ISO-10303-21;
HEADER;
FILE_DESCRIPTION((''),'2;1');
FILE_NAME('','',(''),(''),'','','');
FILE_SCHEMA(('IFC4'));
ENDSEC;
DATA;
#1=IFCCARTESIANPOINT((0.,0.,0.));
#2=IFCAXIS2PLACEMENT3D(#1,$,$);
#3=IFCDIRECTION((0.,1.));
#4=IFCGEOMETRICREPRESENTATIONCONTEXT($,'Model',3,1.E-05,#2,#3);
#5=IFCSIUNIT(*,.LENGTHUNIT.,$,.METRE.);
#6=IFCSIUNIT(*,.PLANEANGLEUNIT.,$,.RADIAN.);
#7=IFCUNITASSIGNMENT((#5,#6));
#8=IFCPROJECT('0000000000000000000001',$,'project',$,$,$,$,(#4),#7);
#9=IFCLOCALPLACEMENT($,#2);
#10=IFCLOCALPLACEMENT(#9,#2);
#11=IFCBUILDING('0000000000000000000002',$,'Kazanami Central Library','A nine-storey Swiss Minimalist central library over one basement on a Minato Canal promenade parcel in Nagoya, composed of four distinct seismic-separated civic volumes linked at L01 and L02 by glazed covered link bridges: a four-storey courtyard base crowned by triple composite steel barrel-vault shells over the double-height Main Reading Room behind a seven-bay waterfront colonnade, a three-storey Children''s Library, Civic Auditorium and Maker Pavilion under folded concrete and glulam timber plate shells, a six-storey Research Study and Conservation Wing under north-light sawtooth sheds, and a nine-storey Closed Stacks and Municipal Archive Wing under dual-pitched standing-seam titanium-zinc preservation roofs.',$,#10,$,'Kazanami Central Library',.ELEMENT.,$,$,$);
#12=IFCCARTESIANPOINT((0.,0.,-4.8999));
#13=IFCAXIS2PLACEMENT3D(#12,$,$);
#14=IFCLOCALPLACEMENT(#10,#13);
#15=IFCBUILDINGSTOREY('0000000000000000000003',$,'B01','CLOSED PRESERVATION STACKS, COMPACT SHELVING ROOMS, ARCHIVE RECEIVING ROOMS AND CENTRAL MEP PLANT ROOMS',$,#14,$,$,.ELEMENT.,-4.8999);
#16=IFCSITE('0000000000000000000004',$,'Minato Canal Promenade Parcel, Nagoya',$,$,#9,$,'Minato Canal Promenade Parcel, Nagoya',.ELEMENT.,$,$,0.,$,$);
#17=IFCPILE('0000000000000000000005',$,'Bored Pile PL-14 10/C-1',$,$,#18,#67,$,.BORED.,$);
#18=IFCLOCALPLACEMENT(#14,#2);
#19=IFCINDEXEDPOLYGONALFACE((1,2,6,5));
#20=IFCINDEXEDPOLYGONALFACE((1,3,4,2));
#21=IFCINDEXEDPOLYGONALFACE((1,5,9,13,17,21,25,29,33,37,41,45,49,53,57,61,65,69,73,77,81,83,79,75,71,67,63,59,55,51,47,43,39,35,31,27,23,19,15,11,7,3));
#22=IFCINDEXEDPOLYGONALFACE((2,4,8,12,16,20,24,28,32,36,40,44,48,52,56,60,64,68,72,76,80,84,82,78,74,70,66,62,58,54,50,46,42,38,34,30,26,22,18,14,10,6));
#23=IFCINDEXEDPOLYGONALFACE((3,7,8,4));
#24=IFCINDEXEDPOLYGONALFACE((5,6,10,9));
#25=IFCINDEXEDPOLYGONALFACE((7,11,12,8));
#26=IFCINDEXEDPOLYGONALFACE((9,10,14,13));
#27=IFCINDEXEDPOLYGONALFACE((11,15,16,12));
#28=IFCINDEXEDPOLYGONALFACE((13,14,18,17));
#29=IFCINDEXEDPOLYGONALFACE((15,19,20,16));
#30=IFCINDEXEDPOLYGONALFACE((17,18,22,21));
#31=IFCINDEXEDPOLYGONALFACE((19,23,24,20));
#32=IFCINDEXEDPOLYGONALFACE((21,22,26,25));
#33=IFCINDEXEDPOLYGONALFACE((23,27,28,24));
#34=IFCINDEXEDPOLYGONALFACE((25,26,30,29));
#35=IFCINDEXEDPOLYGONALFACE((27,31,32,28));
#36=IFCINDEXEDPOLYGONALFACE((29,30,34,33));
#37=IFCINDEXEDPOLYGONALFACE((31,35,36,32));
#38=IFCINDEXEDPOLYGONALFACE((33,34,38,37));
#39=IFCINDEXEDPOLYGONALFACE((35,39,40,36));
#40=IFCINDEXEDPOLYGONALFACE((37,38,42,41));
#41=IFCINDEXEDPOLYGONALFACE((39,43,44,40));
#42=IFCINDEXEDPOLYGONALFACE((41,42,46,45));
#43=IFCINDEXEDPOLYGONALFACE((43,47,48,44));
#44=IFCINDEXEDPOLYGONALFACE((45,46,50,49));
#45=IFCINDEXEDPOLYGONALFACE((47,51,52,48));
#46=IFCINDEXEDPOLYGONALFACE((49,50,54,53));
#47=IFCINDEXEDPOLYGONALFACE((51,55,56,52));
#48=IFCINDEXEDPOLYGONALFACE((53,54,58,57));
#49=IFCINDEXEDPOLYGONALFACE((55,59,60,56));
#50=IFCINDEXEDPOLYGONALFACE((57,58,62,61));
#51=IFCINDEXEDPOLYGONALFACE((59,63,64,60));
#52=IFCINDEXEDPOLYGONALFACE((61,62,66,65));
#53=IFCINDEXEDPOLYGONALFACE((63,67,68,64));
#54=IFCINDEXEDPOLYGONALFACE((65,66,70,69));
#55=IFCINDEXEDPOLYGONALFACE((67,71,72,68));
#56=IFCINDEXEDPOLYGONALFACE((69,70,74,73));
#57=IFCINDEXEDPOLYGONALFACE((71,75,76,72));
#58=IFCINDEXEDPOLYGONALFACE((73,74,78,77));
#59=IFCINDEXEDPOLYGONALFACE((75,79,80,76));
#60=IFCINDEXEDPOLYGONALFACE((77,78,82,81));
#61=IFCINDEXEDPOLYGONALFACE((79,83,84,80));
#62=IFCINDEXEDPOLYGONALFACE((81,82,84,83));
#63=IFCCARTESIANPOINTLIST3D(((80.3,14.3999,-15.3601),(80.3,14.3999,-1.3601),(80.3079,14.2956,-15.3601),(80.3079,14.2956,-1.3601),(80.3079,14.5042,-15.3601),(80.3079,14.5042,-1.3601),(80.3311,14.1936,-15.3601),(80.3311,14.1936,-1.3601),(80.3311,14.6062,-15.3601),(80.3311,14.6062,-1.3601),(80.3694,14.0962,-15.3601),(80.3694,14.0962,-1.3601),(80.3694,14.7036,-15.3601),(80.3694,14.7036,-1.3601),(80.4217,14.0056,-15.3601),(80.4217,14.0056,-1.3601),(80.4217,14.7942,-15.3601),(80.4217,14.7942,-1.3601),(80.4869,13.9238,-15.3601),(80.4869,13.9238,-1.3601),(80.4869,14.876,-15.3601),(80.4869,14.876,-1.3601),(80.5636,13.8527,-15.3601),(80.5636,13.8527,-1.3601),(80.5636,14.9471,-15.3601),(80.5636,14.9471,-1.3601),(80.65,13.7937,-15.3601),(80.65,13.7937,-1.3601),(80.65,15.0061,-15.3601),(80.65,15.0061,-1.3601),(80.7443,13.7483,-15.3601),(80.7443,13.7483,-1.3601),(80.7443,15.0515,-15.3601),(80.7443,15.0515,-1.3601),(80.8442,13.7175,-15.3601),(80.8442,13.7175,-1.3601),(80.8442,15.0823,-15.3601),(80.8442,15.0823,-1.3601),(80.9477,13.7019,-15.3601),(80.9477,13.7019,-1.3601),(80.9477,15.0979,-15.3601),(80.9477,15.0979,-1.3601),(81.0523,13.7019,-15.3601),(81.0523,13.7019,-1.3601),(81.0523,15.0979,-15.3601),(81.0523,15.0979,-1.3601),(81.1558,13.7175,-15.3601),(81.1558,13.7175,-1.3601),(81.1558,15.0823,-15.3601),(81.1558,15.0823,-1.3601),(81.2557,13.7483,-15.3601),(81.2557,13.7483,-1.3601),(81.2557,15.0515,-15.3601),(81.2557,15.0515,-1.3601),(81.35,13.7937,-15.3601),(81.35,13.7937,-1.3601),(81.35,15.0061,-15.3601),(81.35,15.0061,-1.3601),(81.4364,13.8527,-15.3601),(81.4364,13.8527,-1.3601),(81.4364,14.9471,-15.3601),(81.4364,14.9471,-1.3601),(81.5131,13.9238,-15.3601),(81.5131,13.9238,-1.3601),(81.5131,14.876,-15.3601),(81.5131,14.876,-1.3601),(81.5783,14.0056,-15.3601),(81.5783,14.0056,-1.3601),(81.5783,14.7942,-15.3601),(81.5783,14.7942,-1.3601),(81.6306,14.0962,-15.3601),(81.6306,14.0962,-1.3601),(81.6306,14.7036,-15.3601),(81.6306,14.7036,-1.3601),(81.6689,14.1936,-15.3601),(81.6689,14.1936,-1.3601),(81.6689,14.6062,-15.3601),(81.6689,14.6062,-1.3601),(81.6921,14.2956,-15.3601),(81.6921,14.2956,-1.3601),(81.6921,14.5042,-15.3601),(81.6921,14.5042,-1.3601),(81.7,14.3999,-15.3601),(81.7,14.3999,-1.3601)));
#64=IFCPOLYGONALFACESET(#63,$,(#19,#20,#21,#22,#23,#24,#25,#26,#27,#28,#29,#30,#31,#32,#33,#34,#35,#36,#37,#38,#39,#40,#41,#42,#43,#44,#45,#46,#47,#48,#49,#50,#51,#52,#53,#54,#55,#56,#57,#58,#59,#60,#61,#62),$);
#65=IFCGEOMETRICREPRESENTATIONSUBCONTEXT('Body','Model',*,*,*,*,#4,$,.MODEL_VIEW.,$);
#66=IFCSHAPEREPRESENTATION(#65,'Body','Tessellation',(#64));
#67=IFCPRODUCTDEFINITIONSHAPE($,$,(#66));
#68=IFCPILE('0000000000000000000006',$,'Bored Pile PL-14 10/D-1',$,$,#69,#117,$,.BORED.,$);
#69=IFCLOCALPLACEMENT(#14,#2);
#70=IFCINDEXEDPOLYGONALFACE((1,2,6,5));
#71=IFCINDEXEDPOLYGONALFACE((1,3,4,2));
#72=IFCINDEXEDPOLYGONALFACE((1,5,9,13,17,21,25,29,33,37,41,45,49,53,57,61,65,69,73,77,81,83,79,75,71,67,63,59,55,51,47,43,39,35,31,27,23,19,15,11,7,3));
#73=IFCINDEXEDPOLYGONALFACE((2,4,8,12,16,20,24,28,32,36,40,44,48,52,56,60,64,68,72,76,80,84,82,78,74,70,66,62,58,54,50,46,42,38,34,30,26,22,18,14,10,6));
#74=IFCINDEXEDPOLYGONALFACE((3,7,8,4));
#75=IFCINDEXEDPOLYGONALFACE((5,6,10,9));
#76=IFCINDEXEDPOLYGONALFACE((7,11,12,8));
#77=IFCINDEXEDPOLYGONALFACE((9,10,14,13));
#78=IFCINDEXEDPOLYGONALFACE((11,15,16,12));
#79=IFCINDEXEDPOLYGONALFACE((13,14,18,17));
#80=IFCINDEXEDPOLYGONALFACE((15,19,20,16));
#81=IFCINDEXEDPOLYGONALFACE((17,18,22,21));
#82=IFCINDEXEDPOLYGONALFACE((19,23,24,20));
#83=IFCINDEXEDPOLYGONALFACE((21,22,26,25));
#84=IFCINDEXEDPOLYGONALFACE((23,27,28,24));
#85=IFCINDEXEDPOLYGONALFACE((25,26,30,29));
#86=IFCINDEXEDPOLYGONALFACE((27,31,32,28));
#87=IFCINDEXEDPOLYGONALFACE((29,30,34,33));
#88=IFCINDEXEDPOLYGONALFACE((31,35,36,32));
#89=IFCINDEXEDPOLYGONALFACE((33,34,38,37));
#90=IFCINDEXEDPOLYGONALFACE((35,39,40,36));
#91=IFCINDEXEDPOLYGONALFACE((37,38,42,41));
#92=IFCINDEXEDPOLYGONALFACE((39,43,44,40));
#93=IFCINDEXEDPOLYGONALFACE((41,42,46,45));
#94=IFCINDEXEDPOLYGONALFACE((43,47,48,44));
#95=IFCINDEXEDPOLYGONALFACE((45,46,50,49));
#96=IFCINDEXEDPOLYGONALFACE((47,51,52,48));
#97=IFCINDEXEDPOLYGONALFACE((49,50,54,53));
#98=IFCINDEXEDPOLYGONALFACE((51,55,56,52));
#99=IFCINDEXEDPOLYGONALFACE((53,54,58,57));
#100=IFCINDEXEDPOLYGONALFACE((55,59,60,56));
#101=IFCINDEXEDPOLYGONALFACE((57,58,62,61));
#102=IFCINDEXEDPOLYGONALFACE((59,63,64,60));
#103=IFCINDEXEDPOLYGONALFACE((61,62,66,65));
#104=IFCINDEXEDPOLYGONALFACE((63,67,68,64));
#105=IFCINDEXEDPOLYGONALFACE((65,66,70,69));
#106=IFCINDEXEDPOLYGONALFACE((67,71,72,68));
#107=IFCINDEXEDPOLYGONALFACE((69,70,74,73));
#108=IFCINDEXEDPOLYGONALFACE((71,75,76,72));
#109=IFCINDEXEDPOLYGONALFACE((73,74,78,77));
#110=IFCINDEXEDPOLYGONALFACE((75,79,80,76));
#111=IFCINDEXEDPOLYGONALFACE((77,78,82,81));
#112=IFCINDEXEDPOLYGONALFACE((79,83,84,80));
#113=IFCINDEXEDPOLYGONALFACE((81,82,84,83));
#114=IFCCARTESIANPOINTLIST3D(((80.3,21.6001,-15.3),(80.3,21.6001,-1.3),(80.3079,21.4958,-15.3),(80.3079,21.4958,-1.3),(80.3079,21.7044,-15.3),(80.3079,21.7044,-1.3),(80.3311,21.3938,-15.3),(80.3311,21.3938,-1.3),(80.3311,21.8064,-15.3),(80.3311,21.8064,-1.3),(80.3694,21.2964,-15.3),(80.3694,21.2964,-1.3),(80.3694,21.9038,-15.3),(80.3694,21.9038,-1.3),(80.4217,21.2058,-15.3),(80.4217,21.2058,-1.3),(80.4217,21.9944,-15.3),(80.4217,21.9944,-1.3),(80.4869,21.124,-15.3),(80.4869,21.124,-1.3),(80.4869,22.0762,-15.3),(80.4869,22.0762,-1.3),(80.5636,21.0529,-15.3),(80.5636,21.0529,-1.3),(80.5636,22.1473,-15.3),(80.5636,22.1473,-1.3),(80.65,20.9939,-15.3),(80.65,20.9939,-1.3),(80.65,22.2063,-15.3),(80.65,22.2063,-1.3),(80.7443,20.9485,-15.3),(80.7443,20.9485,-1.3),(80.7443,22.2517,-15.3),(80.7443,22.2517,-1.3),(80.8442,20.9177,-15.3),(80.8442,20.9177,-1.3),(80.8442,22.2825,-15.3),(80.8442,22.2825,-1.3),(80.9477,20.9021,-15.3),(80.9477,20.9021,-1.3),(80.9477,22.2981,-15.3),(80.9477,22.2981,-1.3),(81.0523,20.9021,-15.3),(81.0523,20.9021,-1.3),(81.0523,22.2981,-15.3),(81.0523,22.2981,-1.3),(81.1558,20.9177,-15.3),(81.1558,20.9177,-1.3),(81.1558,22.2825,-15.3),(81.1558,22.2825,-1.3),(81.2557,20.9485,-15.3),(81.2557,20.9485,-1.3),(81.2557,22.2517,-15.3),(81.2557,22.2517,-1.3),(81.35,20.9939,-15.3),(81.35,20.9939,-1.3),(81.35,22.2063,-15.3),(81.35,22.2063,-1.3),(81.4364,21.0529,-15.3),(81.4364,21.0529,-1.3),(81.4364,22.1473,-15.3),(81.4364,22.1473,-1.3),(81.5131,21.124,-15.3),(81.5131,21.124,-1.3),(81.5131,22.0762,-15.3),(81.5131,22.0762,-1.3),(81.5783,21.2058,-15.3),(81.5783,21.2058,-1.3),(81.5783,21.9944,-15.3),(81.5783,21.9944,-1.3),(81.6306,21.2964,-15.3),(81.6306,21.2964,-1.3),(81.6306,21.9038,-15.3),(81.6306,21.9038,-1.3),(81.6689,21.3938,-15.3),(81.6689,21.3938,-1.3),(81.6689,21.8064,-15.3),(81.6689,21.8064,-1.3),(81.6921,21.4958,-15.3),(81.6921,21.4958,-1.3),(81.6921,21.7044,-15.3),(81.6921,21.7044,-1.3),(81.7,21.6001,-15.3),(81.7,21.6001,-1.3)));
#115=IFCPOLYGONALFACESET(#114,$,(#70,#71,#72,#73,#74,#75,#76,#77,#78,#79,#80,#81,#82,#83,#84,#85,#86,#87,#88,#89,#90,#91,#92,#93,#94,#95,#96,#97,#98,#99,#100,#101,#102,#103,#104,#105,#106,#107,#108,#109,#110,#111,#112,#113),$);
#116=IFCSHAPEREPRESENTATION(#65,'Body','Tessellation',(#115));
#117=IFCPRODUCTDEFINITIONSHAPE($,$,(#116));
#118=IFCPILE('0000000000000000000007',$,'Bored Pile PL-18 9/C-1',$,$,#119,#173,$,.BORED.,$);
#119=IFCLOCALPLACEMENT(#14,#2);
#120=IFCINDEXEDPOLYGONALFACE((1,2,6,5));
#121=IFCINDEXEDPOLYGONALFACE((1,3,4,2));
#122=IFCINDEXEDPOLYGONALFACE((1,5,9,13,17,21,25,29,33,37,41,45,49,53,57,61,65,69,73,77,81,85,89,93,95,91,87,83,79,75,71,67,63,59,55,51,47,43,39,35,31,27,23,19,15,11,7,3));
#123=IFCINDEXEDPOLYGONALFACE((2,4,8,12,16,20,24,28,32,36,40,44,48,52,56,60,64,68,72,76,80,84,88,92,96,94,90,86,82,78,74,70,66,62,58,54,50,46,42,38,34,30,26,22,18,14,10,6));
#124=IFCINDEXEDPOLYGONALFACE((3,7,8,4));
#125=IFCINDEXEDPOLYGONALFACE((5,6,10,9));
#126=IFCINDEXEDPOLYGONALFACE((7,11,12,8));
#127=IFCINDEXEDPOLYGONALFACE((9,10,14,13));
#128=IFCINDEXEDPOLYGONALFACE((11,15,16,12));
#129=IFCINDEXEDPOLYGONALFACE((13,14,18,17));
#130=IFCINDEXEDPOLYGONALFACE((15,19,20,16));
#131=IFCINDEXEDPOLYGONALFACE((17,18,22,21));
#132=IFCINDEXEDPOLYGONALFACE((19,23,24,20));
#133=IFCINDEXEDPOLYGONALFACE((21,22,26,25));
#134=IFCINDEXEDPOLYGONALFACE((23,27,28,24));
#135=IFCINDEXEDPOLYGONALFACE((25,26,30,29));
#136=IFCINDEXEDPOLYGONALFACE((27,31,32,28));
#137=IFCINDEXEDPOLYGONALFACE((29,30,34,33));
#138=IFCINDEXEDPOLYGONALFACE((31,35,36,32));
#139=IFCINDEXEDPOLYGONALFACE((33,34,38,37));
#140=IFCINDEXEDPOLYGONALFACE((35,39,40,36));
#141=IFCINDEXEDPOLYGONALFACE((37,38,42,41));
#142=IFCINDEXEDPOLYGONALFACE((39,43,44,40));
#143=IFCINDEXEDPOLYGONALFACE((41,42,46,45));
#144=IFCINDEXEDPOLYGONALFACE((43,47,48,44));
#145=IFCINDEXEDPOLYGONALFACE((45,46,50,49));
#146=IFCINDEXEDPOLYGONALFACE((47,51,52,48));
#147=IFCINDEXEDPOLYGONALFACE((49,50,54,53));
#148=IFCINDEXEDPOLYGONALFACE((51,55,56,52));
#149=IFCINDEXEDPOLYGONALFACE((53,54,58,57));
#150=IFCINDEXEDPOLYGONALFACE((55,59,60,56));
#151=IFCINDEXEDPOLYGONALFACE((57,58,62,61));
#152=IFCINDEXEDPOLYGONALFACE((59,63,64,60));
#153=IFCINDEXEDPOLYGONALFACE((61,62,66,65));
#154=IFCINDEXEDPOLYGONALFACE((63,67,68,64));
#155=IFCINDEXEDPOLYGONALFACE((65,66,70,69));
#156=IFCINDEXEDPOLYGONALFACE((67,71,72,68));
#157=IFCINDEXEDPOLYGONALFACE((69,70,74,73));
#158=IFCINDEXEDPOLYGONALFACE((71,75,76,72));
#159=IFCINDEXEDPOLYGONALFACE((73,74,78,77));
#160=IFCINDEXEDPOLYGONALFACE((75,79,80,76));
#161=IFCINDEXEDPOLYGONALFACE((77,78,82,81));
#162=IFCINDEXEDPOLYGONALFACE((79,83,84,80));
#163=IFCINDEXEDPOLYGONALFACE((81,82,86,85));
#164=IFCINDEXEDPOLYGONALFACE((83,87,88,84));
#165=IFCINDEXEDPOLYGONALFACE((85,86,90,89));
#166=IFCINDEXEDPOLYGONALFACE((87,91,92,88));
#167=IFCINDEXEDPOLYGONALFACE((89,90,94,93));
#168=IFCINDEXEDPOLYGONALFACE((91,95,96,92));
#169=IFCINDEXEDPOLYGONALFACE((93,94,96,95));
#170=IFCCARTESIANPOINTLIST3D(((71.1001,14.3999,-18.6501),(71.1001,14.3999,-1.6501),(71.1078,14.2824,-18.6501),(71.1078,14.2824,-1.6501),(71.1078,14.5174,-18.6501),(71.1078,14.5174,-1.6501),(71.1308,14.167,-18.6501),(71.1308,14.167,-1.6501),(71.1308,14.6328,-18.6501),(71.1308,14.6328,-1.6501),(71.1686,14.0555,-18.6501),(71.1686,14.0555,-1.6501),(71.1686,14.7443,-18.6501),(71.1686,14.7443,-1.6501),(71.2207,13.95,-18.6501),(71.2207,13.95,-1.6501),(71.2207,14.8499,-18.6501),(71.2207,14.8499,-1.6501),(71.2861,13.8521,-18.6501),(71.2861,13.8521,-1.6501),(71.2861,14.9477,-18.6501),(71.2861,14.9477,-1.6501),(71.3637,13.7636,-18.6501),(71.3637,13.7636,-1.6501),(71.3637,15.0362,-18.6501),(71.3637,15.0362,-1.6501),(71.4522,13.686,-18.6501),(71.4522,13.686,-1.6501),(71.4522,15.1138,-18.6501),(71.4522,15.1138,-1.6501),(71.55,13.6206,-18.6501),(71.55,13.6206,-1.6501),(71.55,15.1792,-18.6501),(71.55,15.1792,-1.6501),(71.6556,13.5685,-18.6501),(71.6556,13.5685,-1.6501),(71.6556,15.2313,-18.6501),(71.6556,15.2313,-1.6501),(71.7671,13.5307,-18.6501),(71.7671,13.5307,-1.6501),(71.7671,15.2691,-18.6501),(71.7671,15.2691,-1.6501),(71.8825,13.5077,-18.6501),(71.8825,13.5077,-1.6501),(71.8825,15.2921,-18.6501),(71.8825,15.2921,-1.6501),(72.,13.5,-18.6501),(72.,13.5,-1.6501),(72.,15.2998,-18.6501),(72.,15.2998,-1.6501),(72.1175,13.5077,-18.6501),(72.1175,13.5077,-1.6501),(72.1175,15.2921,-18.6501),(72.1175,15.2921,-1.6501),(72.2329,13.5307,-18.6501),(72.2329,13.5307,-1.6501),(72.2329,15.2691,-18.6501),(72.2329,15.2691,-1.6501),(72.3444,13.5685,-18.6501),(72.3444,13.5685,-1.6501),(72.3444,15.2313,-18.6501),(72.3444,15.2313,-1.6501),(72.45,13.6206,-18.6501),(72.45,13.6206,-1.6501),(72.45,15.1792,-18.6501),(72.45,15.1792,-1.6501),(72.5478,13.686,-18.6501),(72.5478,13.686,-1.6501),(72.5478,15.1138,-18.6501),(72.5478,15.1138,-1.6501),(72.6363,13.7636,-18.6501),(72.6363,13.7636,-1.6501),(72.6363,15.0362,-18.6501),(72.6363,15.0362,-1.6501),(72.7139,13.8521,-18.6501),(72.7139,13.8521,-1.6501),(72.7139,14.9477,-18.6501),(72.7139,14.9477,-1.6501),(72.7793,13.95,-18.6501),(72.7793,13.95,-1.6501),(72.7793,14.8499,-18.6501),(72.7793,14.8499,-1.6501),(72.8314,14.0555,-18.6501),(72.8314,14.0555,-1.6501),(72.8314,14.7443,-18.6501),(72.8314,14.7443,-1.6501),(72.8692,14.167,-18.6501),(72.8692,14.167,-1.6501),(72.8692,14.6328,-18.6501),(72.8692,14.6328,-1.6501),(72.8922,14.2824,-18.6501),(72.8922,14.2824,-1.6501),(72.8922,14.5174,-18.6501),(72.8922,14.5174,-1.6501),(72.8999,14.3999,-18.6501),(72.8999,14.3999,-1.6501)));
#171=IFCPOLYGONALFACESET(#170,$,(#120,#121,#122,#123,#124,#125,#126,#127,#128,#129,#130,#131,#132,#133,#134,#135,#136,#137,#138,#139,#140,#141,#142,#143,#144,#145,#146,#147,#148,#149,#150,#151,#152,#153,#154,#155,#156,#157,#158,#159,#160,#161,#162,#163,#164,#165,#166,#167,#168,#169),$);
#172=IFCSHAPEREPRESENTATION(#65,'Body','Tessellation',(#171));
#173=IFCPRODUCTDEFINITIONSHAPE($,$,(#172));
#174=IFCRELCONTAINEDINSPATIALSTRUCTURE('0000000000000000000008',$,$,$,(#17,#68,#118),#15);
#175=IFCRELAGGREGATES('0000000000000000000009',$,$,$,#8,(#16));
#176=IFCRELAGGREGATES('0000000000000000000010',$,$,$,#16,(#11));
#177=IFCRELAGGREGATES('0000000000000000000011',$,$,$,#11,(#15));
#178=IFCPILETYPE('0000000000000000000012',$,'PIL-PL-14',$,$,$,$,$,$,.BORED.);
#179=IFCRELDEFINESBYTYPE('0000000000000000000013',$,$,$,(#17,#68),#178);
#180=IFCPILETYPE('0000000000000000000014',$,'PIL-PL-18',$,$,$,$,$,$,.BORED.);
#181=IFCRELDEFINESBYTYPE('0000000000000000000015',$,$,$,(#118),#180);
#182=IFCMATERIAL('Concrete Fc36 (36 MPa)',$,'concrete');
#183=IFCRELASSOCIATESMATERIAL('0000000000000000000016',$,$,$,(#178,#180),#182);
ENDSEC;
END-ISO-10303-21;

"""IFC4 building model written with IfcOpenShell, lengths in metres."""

from ifc_helpers import new_model, si_unit, direction, frame, origin, origin_2d, place, context, subcontext, project, spatial, circle, extrude, material, material_profile, profile_set, type_object, element, save


model = new_model("IFC4")

# Units and contexts
model_context = context("Model", 3, precision=1e-05, world=origin(), true_north=direction((0.0, 1.0)))
body_context = subcontext(model_context, "Body", "Model", "MODEL_VIEW")
ifc_project = project(units=[si_unit("LENGTHUNIT", "METRE"), si_unit("PLANEANGLEUNIT", "RADIAN")], contexts=[model_context])

# Site, building, storey
site_placement = place(None, origin())
site = spatial("IfcSite", under=ifc_project, at=site_placement, Name="Minato Canal Promenade Parcel, Nagoya", LongName="Minato Canal Promenade Parcel, Nagoya", CompositionType="ELEMENT", RefElevation=0.0)
building_placement = place(site_placement, origin())
building = spatial("IfcBuilding", under=site, at=building_placement, Name="Kazanami Central Library", Description="A nine-storey Swiss Minimalist central library over one basement on a Minato Canal promenade parcel in Nagoya, composed of four distinct seismic-separated civic volumes linked at L01 and L02 by glazed covered link bridges: a four-storey courtyard base crowned by triple composite steel barrel-vault shells over the double-height Main Reading Room behind a seven-bay waterfront colonnade, a three-storey Children's Library, Civic Auditorium and Maker Pavilion under folded concrete and glulam timber plate shells, a six-storey Research Study and Conservation Wing under north-light sawtooth sheds, and a nine-storey Closed Stacks and Municipal Archive Wing under dual-pitched standing-seam titanium-zinc preservation roofs.", LongName="Kazanami Central Library", CompositionType="ELEMENT")
storey_placement = place(building_placement, frame((0.0, 0.0, -4.8999)))
storey = spatial("IfcBuildingStorey", under=building, at=storey_placement, Name="B01", Description="CLOSED PRESERVATION STACKS, COMPACT SHELVING ROOMS, ARCHIVE RECEIVING ROOMS AND CENTRAL MEP PLANT ROOMS", CompositionType="ELEMENT", Elevation=-4.8999)

# Shared definitions
ifc_material_1 = material(Name="Concrete Fc36 (36 MPa)", Category="concrete")

# Piles
ifc_material_profile_1 = material_profile(ifc_material_1, circle(Radius=0.7, at=origin_2d()), Name="BORED-D1400")
ifc_profile_set_1 = profile_set([ifc_material_profile_1], Name="Concrete Fc36 (36 MPa)")
pile_type_1 = type_object("IfcPileType", Name="PIL-PL-14", PredefinedType="BORED", material=ifc_profile_set_1)
for number, where, z_axis, x_axis, name in (
    (1, (81.0, 14.3999, -1.3601), (0.0, 0.0, -1.0), (1.0, 0.0, 0.0), "Bored Pile PL-14 10/C-1"),
    (2, (81.0, 21.6001, -1.3), (0.0, 0.0, -1.0), (1.0, 0.0, 0.0), "Bored Pile PL-14 10/D-1"),
):
    element("IfcPile", number, at=place(storey_placement, frame(where, z_axis=z_axis, x_axis=x_axis)), inside=storey, type_object=pile_type_1, Name=name, PredefinedType="BORED", context=body_context, shape_type="SweptSolid", body=[
        extrude(circle(Radius=0.7, at=origin_2d()), origin(), (0.0, 0.0, 1.0), 14.0),
    ])
ifc_material_profile_2 = material_profile(ifc_material_1, circle(Radius=0.8999, at=origin_2d()), Name="BORED-D1800")
ifc_profile_set_2 = profile_set([ifc_material_profile_2], Name="Concrete Fc36 (36 MPa)")
pile_type_2 = type_object("IfcPileType", Name="PIL-PL-18", PredefinedType="BORED", material=ifc_profile_set_2)
for number, where, z_axis, x_axis, name in (
    (3, (72.0, 14.3999, -1.6501), (0.0, 0.0, -1.0), (1.0, 0.0, 0.0), "Bored Pile PL-18 9/C-1"),
):
    element("IfcPile", number, at=place(storey_placement, frame(where, z_axis=z_axis, x_axis=x_axis)), inside=storey, type_object=pile_type_2, Name=name, PredefinedType="BORED", context=body_context, shape_type="SweptSolid", body=[
        extrude(circle(Radius=0.8999, at=origin_2d()), origin(), (0.0, 0.0, 1.0), 17.0),
    ])

save(model, "model.ifc")
